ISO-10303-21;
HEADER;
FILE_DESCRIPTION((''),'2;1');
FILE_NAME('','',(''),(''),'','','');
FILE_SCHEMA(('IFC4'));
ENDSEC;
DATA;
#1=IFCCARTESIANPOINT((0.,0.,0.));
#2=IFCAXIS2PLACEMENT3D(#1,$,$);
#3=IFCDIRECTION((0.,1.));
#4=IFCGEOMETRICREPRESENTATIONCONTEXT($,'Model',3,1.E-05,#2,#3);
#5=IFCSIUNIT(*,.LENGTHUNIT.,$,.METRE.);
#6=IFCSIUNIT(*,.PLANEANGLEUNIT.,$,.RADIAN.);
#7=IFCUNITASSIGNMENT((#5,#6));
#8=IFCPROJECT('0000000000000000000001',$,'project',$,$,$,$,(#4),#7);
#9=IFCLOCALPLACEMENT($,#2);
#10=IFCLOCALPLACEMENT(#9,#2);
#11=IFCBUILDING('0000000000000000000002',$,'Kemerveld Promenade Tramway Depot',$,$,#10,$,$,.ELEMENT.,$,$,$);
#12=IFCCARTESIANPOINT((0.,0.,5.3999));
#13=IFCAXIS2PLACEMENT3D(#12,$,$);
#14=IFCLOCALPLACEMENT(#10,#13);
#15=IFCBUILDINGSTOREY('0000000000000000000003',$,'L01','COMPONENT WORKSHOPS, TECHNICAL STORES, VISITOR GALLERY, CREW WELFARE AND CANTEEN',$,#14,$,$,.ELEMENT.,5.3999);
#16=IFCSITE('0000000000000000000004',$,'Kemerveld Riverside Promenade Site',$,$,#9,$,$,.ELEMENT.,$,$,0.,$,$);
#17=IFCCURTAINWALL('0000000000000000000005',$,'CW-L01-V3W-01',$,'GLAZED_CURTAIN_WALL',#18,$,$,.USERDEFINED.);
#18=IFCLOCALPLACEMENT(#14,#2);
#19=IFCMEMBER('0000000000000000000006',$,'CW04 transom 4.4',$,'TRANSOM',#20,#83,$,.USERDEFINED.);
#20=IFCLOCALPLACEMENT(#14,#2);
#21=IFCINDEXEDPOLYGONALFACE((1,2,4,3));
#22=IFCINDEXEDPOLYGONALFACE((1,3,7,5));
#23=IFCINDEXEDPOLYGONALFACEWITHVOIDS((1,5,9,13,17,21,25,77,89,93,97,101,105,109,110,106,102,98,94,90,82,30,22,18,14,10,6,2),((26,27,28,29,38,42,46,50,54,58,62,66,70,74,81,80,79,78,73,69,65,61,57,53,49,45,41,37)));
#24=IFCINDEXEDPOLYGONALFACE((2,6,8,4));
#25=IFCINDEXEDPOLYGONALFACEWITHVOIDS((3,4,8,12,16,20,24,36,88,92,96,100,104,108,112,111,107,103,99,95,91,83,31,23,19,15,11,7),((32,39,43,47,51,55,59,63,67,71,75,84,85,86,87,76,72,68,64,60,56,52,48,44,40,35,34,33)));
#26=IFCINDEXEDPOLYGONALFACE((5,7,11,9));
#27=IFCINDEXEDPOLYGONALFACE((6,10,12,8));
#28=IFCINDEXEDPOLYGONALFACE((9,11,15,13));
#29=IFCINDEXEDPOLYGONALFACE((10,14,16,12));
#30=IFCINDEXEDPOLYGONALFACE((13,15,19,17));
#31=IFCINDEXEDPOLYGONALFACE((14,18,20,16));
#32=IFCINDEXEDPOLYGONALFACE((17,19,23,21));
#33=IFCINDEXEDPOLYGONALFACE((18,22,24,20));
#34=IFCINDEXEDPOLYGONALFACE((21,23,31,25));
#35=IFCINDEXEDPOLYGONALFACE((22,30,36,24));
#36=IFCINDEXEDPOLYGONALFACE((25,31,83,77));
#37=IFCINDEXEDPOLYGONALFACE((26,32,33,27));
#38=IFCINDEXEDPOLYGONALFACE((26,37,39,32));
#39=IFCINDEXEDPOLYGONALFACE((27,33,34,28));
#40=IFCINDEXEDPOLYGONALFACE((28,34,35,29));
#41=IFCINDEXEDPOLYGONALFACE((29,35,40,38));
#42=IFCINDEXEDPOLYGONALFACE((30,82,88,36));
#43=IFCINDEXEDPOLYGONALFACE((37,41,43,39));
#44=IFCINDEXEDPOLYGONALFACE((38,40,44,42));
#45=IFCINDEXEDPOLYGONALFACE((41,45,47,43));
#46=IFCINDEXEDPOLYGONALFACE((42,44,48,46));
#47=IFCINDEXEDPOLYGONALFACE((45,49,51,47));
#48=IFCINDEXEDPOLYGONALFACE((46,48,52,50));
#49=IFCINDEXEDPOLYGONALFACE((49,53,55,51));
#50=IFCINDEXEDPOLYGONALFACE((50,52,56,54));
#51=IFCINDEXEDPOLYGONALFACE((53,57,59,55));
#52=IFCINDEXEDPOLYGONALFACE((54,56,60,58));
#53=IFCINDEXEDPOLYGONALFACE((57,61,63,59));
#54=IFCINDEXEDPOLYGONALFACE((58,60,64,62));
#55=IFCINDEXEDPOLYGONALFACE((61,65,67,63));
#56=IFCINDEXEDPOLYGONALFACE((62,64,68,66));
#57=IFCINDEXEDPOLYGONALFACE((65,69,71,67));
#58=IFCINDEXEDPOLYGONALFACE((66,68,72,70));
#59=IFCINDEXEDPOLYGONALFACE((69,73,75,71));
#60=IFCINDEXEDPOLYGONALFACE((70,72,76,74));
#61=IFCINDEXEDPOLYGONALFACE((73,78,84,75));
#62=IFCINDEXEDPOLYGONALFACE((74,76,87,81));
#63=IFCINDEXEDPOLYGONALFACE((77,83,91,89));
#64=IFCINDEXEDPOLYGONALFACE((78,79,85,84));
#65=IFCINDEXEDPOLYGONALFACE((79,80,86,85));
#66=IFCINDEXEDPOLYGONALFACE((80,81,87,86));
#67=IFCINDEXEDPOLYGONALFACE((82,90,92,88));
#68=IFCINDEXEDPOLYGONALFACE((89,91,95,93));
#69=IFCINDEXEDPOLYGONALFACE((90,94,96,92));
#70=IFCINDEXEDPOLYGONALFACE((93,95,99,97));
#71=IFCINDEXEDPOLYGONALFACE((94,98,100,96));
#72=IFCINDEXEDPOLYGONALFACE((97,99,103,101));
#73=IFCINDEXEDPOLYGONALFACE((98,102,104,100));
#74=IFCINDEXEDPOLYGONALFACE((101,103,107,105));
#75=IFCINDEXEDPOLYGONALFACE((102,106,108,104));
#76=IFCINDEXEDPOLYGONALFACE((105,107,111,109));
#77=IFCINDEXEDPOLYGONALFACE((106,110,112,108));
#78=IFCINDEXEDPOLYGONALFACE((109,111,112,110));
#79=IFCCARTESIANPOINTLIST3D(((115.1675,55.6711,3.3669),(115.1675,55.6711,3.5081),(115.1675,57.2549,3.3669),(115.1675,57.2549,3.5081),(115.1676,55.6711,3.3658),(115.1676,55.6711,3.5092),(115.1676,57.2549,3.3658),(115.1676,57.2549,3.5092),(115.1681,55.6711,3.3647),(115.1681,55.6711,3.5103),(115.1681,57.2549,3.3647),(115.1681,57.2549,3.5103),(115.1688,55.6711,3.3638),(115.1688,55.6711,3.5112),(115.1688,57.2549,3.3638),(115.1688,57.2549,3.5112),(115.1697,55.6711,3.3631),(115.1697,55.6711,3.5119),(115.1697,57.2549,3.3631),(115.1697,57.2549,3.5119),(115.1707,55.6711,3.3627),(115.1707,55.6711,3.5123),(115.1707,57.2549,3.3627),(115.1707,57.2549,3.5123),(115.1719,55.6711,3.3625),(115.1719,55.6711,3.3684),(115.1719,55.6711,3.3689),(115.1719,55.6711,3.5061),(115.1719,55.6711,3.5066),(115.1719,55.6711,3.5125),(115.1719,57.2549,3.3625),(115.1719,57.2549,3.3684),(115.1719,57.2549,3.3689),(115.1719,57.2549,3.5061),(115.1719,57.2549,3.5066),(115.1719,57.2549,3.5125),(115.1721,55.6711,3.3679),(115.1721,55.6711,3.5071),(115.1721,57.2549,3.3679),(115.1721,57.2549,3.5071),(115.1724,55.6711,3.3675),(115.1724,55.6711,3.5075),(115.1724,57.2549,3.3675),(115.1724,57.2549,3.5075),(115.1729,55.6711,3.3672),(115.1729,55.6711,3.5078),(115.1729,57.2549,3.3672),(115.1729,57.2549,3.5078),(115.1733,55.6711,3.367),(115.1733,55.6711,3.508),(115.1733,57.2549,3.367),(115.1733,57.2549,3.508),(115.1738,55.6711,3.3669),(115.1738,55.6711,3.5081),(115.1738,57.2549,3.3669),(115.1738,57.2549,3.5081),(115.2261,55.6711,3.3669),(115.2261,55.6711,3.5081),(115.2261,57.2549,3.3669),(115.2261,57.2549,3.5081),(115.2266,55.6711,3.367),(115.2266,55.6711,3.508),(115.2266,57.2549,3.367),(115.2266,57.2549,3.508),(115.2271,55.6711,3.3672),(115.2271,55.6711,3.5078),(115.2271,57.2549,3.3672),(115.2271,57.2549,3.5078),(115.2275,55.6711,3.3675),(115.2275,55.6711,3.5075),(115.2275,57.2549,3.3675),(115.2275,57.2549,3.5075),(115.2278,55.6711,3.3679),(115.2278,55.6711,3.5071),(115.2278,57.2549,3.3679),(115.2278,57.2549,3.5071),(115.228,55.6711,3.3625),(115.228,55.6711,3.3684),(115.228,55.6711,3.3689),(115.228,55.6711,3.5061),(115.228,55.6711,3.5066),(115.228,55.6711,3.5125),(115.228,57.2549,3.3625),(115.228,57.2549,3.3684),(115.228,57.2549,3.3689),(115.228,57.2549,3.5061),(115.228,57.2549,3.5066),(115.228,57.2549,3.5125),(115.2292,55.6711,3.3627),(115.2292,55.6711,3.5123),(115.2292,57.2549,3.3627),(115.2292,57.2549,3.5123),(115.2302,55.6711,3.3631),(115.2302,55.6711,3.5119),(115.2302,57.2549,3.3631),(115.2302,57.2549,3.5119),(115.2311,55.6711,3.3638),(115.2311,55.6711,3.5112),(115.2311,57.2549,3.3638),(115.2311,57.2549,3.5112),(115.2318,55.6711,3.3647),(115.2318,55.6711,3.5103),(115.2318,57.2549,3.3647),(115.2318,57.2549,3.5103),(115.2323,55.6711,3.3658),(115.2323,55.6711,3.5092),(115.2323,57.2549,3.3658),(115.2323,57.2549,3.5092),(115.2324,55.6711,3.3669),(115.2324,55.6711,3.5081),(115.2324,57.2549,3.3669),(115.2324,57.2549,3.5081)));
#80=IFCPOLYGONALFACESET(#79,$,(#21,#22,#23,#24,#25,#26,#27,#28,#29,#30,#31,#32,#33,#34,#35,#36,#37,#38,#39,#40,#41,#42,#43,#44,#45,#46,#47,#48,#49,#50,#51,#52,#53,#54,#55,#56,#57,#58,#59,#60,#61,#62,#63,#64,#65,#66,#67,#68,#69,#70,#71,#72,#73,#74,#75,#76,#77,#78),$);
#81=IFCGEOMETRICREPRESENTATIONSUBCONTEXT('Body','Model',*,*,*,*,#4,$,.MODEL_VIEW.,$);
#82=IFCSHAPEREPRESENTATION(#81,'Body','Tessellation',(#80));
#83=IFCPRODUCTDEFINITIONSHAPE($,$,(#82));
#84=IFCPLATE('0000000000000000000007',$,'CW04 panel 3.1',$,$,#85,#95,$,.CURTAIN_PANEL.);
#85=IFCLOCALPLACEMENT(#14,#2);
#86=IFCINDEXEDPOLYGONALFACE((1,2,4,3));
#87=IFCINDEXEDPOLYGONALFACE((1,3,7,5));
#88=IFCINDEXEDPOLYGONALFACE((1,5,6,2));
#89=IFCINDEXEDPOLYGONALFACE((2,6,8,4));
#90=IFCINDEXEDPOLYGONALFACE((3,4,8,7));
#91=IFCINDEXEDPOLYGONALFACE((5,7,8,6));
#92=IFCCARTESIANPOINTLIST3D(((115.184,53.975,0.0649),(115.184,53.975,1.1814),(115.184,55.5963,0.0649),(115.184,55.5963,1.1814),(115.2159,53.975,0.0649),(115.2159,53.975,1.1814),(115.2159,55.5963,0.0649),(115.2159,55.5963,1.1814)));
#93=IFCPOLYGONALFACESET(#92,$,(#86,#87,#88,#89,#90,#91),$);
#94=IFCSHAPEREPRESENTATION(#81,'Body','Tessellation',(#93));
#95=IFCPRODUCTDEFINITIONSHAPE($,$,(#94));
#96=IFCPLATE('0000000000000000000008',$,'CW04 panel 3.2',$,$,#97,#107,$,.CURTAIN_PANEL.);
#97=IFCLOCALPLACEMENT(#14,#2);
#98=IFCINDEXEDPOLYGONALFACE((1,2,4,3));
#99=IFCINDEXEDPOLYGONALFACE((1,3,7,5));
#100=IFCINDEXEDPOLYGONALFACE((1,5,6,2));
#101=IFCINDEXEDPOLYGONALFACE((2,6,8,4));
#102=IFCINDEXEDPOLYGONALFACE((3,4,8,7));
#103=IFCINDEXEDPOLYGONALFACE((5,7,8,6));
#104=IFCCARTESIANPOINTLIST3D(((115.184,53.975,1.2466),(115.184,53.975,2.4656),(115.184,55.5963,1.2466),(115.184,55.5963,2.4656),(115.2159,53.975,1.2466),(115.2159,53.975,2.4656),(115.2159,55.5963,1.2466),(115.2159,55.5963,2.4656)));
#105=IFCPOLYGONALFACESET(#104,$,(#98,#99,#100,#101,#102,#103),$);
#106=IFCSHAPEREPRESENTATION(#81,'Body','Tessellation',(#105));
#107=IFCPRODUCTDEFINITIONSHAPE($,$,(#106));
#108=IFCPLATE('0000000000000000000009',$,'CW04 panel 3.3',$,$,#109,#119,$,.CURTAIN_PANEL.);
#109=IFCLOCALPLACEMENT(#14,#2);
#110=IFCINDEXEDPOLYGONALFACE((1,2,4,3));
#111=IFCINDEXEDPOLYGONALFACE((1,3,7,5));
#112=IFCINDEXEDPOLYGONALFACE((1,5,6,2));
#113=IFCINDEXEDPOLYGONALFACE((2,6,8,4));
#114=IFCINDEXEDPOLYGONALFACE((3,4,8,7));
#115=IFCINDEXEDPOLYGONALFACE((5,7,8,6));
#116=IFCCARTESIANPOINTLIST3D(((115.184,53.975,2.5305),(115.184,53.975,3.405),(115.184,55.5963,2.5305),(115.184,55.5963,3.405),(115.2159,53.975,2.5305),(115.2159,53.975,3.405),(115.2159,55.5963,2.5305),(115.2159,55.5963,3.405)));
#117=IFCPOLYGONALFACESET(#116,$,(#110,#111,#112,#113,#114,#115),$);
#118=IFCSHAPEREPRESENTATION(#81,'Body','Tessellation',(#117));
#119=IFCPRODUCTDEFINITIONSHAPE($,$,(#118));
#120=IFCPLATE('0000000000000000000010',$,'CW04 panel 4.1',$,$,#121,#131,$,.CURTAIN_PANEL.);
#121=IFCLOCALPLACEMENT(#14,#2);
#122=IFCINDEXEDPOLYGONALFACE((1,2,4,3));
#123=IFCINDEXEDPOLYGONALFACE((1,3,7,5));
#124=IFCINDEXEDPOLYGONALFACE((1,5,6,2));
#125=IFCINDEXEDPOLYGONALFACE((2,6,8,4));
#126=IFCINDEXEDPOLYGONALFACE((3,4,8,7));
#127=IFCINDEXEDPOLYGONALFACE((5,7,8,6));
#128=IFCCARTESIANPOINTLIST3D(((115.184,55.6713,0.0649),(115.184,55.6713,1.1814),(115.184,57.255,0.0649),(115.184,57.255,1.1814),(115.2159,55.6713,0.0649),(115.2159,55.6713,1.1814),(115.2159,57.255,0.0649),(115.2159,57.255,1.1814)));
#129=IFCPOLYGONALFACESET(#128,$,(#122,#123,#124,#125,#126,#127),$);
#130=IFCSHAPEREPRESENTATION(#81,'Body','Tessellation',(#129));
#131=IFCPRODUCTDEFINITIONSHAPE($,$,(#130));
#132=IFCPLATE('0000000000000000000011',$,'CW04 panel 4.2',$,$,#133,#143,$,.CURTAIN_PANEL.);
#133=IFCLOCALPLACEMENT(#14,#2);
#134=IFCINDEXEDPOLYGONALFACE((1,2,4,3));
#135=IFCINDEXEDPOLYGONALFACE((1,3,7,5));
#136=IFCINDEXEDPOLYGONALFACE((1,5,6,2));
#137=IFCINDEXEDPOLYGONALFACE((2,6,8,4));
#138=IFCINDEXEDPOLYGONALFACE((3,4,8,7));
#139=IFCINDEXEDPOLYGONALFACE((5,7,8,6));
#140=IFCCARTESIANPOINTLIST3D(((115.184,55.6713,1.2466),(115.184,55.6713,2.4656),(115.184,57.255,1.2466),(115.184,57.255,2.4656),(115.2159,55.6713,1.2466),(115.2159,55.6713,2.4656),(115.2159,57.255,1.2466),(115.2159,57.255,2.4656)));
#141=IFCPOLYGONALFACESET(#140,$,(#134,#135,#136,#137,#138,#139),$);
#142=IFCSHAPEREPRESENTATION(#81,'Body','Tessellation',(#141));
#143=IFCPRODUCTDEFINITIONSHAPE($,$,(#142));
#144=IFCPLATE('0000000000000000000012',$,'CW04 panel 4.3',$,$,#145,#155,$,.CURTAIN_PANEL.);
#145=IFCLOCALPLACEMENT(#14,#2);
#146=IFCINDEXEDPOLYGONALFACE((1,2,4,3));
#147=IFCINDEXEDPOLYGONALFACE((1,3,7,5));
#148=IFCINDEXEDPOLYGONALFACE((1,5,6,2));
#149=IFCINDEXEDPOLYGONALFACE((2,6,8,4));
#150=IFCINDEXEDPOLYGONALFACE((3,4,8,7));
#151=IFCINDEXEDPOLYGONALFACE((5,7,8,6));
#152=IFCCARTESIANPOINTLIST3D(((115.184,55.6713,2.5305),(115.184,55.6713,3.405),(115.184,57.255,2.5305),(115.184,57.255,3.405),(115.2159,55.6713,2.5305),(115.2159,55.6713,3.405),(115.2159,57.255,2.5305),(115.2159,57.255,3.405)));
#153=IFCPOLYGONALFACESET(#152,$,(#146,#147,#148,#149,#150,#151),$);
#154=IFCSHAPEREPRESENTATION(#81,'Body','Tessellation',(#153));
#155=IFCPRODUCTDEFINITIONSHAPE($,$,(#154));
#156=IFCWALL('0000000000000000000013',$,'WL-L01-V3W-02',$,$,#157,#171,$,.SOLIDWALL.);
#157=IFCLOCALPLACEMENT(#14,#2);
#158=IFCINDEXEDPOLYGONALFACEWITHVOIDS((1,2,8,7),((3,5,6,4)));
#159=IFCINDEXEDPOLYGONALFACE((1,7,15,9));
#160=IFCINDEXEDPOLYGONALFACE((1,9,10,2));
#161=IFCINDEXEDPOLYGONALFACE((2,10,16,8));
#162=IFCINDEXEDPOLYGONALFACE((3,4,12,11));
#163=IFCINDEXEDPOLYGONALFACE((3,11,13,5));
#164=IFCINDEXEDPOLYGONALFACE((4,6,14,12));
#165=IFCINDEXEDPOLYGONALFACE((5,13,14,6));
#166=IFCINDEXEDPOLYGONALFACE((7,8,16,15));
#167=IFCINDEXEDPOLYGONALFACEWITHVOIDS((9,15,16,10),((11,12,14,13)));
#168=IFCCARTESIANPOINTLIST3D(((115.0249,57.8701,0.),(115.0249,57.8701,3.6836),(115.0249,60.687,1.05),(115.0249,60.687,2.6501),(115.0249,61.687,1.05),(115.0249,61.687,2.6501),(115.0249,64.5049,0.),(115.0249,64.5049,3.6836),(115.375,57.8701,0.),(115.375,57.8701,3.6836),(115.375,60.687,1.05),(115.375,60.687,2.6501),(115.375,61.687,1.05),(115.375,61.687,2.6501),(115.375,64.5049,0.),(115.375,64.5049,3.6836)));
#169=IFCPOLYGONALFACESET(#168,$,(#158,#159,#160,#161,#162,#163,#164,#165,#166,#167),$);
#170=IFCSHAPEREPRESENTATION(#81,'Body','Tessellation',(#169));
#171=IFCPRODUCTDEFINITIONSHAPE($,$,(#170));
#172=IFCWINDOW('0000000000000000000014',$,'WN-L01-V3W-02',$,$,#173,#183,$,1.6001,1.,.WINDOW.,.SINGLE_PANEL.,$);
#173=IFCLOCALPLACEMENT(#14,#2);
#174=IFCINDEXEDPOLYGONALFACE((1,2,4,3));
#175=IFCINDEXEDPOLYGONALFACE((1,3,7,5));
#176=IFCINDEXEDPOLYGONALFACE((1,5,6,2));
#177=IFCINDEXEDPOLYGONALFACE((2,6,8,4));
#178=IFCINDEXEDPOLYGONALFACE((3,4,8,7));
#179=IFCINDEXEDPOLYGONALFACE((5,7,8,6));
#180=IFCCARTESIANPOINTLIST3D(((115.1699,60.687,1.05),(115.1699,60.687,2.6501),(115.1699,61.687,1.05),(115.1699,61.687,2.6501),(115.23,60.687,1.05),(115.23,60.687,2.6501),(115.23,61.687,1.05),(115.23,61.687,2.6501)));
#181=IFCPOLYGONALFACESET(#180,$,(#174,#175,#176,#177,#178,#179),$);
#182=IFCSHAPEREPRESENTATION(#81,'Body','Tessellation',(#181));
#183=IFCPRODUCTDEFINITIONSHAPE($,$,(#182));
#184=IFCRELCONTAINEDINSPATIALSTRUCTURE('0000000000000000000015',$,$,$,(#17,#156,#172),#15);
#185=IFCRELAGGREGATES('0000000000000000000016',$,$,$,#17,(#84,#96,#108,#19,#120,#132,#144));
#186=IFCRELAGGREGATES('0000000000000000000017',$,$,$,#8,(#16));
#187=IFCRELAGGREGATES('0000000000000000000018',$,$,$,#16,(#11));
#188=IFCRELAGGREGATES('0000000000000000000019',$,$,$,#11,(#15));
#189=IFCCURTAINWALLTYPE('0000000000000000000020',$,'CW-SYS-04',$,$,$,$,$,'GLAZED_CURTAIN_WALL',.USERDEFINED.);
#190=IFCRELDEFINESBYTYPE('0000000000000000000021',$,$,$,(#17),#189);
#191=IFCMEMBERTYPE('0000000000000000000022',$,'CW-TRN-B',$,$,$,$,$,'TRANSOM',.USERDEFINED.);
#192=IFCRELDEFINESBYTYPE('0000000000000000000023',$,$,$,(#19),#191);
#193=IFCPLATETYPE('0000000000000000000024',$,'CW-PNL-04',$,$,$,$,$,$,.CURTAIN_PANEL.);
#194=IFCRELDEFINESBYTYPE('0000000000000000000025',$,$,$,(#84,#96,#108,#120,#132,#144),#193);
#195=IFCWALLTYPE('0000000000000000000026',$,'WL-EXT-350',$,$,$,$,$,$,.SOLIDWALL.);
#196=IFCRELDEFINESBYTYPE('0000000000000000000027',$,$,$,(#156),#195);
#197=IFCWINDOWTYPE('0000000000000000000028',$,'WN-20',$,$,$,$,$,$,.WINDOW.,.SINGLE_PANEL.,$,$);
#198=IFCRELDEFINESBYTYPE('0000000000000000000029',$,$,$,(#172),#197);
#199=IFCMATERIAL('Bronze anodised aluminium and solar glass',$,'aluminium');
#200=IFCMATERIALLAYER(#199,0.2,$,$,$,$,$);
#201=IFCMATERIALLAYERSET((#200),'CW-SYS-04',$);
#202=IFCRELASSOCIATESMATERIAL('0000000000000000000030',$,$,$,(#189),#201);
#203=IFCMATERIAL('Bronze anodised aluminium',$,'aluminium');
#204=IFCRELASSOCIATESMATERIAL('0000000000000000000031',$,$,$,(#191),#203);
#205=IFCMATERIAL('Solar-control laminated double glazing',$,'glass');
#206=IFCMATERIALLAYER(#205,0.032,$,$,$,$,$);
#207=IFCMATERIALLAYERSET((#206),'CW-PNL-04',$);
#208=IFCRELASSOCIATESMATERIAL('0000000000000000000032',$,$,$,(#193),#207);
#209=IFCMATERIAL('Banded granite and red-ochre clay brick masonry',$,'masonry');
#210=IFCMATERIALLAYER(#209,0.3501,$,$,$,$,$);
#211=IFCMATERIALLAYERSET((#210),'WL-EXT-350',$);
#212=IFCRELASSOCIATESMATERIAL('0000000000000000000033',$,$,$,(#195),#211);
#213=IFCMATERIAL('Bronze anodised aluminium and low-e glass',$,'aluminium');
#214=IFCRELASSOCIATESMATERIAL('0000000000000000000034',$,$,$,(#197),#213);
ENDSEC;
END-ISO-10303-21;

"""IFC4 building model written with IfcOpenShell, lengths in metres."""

from ifc_helpers import new_model, si_unit, direction, frame, frame_2d, origin, origin_2d, place, context, subcontext, project, spatial, rectangle, hollow_rectangle, extrude, material, layer, layer_set, material_profile, profile_set, type_object, element, fill, aggregate, save


model = new_model("IFC4")

# Units and contexts
model_context = context("Model", 3, precision=1e-05, world=origin(), true_north=direction((0.0, 1.0)))
body_context = subcontext(model_context, "Body", "Model", "MODEL_VIEW")
ifc_project = project(units=[si_unit("LENGTHUNIT", "METRE"), si_unit("PLANEANGLEUNIT", "RADIAN")], contexts=[model_context])

# Site, building, storey
site_placement = place(None, origin())
site = spatial("IfcSite", under=ifc_project, at=site_placement, Name="Kemerveld Riverside Promenade Site", CompositionType="ELEMENT", RefElevation=0.0)
building_placement = place(site_placement, origin())
building = spatial("IfcBuilding", under=site, at=building_placement, Name="Kemerveld Promenade Tramway Depot", CompositionType="ELEMENT")
storey_placement = place(building_placement, frame((0.0, 0.0, 5.3999)))
storey = spatial("IfcBuildingStorey", under=building, at=storey_placement, Name="L01", Description="COMPONENT WORKSHOPS, TECHNICAL STORES, VISITOR GALLERY, CREW WELFARE AND CANTEEN", CompositionType="ELEMENT", Elevation=5.3999)

# Curtain wall, member, plates
ifc_material_1 = material(Name="Bronze anodised aluminium and solar glass", Category="aluminium")
ifc_layer_1 = layer(ifc_material_1, 0.2)
ifc_layer_set_1 = layer_set([ifc_layer_1], Name="CW-SYS-04")
curtain_wall_type = type_object("IfcCurtainWallType", Name="CW-SYS-04", ElementType="GLAZED_CURTAIN_WALL", PredefinedType="USERDEFINED", material=ifc_layer_set_1)
curtain_wall_placement = place(storey_placement, origin())
curtain_wall = element("IfcCurtainWall", 1, at=curtain_wall_placement, inside=storey, type_object=curtain_wall_type, Name="CW-L01-V3W-01", ObjectType="GLAZED_CURTAIN_WALL", PredefinedType="USERDEFINED")
ifc_material_2 = material(Name="Bronze anodised aluminium", Category="aluminium")
ifc_material_profile_1 = material_profile(ifc_material_2, hollow_rectangle(XDim=0.0649, YDim=0.1499, WallThickness=0.0044, InnerFilletRadius=0.002, OuterFilletRadius=0.0044, at=origin_2d()), Name="CW-TRN-150x65")
ifc_profile_set_1 = profile_set([ifc_material_profile_1], Name="Bronze anodised aluminium")
member_type_1 = type_object("IfcMemberType", Name="CW-TRN-B", ElementType="TRANSOM", PredefinedType="USERDEFINED", material=ifc_profile_set_1)
member_1_placement = place(storey_placement, frame((115.2, 55.6711, 3.4375), z_axis=(0.0, 1.0, 0.0), x_axis=(-1.0, 0.0, 0.0)))
member_1 = element("IfcMember", 2, at=member_1_placement, type_object=member_type_1, Name="CW04 transom 4.4", ObjectType="TRANSOM", PredefinedType="USERDEFINED", context=body_context, shape_type="SweptSolid", body=[
    extrude(hollow_rectangle(XDim=0.0649, YDim=0.1499, WallThickness=0.0044, InnerFilletRadius=0.002, OuterFilletRadius=0.0044, at=origin_2d()), origin(), (0.0, 0.0, 1.0), 1.5837),
])
ifc_material_3 = material(Name="Solar-control laminated double glazing", Category="glass")
ifc_layer_2 = layer(ifc_material_3, 0.032)
ifc_layer_set_2 = layer_set([ifc_layer_2], Name="CW-PNL-04")
plate_type = type_object("IfcPlateType", Name="CW-PNL-04", PredefinedType="CURTAIN_PANEL", material=ifc_layer_set_2)
plate_1_placement = place(storey_placement, frame((115.2, 54.7856, 0.0649), z_axis=(0.0, 0.0, 1.0), x_axis=(0.0, 1.0, 0.0)))
plate_1 = element("IfcPlate", 3, at=plate_1_placement, type_object=plate_type, Name="CW04 panel 3.1", PredefinedType="CURTAIN_PANEL", context=body_context, shape_type="SweptSolid", body=[
    extrude(rectangle(XDim=1.6213, YDim=0.032, at=origin_2d()), origin(), (0.0, 0.0, 1.0), 1.1165),
])
plate_2_placement = place(storey_placement, frame((115.2, 54.7856, 1.2466), z_axis=(0.0, 0.0, 1.0), x_axis=(0.0, 1.0, 0.0)))
plate_2 = element("IfcPlate", 4, at=plate_2_placement, type_object=plate_type, Name="CW04 panel 3.2", PredefinedType="CURTAIN_PANEL", context=body_context, shape_type="SweptSolid", body=[
    extrude(rectangle(XDim=1.6213, YDim=0.032, at=origin_2d()), origin(), (0.0, 0.0, 1.0), 1.219),
])
plate_3_placement = place(storey_placement, frame((115.2, 54.7856, 2.5305), z_axis=(0.0, 0.0, 1.0), x_axis=(0.0, 1.0, 0.0)))
plate_3 = element("IfcPlate", 5, at=plate_3_placement, type_object=plate_type, Name="CW04 panel 3.3", PredefinedType="CURTAIN_PANEL", context=body_context, shape_type="SweptSolid", body=[
    extrude(rectangle(XDim=1.6213, YDim=0.032, at=origin_2d()), origin(), (0.0, 0.0, 1.0), 0.8745),
])
plate_4_placement = place(storey_placement, frame((115.2, 56.4631, 0.0649), z_axis=(0.0, 0.0, 1.0), x_axis=(0.0, 1.0, 0.0)))
plate_4 = element("IfcPlate", 6, at=plate_4_placement, type_object=plate_type, Name="CW04 panel 4.1", PredefinedType="CURTAIN_PANEL", context=body_context, shape_type="SweptSolid", body=[
    extrude(rectangle(XDim=1.5837, YDim=0.032, at=origin_2d()), origin(), (0.0, 0.0, 1.0), 1.1165),
])
plate_5_placement = place(storey_placement, frame((115.2, 56.4631, 1.2466), z_axis=(0.0, 0.0, 1.0), x_axis=(0.0, 1.0, 0.0)))
plate_5 = element("IfcPlate", 7, at=plate_5_placement, type_object=plate_type, Name="CW04 panel 4.2", PredefinedType="CURTAIN_PANEL", context=body_context, shape_type="SweptSolid", body=[
    extrude(rectangle(XDim=1.5837, YDim=0.032, at=origin_2d()), origin(), (0.0, 0.0, 1.0), 1.219),
])
plate_6_placement = place(storey_placement, frame((115.2, 56.4631, 2.5305), z_axis=(0.0, 0.0, 1.0), x_axis=(0.0, 1.0, 0.0)))
plate_6 = element("IfcPlate", 8, at=plate_6_placement, type_object=plate_type, Name="CW04 panel 4.3", PredefinedType="CURTAIN_PANEL", context=body_context, shape_type="SweptSolid", body=[
    extrude(rectangle(XDim=1.5837, YDim=0.032, at=origin_2d()), origin(), (0.0, 0.0, 1.0), 0.8745),
])
aggregate(curtain_wall, [plate_1, plate_2, plate_3, member_1, plate_4, plate_5, plate_6])

# Wall, opening, window
ifc_material_4 = material(Name="Banded granite and red-ochre clay brick masonry", Category="masonry")
ifc_layer_3 = layer(ifc_material_4, 0.3501)
ifc_layer_set_3 = layer_set([ifc_layer_3], Name="WL-EXT-350")
wall_type = type_object("IfcWallType", Name="WL-EXT-350", PredefinedType="SOLIDWALL", material=ifc_layer_set_3)
wall_placement = place(storey_placement, frame((115.2, 57.8701, 0.0), z_axis=(0.0, 0.0, 1.0), x_axis=(0.0, 1.0, 0.0)))
wall = element("IfcWall", 9, at=wall_placement, inside=storey, type_object=wall_type, Name="WL-L01-V3W-02", PredefinedType="SOLIDWALL", context=body_context, shape_type="SweptSolid", body=[
    extrude(rectangle(XDim=6.6348, YDim=0.3501, at=frame_2d((3.3174, 0.0))), origin(), (0.0, 0.0, 1.0), 3.6836),
])
opening_placement = place(wall_placement, frame((2.8169, 0.0, 1.05)))
opening = element("IfcOpeningElement", 10, at=opening_placement, cuts=wall, PredefinedType="OPENING", context=body_context, shape_type="SweptSolid", body=[
    extrude(rectangle(XDim=1.0, YDim=1.6001, at=frame_2d((0.5, 0.8))), frame((0.0, 0.1851, 0.0), z_axis=(0.0, -1.0, 0.0), x_axis=(1.0, 0.0, 0.0)), (0.0, 0.0, 1.0), 0.3701),
])
ifc_material_5 = material(Name="Bronze anodised aluminium and low-e glass", Category="aluminium")
window_type = type_object("IfcWindowType", Name="WN-20", PartitioningType="SINGLE_PANEL", PredefinedType="WINDOW", material=ifc_material_5)
window_placement = place(opening_placement, origin())
window = element("IfcWindow", 11, at=window_placement, inside=storey, type_object=window_type, Name="WN-L01-V3W-02", OverallHeight=1.6001, OverallWidth=1.0, PartitioningType="SINGLE_PANEL", PredefinedType="WINDOW", context=body_context, shape_type="SweptSolid", body=[
    extrude(rectangle(XDim=1.0, YDim=1.6001, at=frame_2d((0.5, 0.8))), frame((0.0, 0.03, 0.0), z_axis=(0.0, -1.0, 0.0), x_axis=(1.0, 0.0, 0.0)), (0.0, 0.0, 1.0), 0.0601),
])
fill(opening, window)

save(model, "model.ifc")
